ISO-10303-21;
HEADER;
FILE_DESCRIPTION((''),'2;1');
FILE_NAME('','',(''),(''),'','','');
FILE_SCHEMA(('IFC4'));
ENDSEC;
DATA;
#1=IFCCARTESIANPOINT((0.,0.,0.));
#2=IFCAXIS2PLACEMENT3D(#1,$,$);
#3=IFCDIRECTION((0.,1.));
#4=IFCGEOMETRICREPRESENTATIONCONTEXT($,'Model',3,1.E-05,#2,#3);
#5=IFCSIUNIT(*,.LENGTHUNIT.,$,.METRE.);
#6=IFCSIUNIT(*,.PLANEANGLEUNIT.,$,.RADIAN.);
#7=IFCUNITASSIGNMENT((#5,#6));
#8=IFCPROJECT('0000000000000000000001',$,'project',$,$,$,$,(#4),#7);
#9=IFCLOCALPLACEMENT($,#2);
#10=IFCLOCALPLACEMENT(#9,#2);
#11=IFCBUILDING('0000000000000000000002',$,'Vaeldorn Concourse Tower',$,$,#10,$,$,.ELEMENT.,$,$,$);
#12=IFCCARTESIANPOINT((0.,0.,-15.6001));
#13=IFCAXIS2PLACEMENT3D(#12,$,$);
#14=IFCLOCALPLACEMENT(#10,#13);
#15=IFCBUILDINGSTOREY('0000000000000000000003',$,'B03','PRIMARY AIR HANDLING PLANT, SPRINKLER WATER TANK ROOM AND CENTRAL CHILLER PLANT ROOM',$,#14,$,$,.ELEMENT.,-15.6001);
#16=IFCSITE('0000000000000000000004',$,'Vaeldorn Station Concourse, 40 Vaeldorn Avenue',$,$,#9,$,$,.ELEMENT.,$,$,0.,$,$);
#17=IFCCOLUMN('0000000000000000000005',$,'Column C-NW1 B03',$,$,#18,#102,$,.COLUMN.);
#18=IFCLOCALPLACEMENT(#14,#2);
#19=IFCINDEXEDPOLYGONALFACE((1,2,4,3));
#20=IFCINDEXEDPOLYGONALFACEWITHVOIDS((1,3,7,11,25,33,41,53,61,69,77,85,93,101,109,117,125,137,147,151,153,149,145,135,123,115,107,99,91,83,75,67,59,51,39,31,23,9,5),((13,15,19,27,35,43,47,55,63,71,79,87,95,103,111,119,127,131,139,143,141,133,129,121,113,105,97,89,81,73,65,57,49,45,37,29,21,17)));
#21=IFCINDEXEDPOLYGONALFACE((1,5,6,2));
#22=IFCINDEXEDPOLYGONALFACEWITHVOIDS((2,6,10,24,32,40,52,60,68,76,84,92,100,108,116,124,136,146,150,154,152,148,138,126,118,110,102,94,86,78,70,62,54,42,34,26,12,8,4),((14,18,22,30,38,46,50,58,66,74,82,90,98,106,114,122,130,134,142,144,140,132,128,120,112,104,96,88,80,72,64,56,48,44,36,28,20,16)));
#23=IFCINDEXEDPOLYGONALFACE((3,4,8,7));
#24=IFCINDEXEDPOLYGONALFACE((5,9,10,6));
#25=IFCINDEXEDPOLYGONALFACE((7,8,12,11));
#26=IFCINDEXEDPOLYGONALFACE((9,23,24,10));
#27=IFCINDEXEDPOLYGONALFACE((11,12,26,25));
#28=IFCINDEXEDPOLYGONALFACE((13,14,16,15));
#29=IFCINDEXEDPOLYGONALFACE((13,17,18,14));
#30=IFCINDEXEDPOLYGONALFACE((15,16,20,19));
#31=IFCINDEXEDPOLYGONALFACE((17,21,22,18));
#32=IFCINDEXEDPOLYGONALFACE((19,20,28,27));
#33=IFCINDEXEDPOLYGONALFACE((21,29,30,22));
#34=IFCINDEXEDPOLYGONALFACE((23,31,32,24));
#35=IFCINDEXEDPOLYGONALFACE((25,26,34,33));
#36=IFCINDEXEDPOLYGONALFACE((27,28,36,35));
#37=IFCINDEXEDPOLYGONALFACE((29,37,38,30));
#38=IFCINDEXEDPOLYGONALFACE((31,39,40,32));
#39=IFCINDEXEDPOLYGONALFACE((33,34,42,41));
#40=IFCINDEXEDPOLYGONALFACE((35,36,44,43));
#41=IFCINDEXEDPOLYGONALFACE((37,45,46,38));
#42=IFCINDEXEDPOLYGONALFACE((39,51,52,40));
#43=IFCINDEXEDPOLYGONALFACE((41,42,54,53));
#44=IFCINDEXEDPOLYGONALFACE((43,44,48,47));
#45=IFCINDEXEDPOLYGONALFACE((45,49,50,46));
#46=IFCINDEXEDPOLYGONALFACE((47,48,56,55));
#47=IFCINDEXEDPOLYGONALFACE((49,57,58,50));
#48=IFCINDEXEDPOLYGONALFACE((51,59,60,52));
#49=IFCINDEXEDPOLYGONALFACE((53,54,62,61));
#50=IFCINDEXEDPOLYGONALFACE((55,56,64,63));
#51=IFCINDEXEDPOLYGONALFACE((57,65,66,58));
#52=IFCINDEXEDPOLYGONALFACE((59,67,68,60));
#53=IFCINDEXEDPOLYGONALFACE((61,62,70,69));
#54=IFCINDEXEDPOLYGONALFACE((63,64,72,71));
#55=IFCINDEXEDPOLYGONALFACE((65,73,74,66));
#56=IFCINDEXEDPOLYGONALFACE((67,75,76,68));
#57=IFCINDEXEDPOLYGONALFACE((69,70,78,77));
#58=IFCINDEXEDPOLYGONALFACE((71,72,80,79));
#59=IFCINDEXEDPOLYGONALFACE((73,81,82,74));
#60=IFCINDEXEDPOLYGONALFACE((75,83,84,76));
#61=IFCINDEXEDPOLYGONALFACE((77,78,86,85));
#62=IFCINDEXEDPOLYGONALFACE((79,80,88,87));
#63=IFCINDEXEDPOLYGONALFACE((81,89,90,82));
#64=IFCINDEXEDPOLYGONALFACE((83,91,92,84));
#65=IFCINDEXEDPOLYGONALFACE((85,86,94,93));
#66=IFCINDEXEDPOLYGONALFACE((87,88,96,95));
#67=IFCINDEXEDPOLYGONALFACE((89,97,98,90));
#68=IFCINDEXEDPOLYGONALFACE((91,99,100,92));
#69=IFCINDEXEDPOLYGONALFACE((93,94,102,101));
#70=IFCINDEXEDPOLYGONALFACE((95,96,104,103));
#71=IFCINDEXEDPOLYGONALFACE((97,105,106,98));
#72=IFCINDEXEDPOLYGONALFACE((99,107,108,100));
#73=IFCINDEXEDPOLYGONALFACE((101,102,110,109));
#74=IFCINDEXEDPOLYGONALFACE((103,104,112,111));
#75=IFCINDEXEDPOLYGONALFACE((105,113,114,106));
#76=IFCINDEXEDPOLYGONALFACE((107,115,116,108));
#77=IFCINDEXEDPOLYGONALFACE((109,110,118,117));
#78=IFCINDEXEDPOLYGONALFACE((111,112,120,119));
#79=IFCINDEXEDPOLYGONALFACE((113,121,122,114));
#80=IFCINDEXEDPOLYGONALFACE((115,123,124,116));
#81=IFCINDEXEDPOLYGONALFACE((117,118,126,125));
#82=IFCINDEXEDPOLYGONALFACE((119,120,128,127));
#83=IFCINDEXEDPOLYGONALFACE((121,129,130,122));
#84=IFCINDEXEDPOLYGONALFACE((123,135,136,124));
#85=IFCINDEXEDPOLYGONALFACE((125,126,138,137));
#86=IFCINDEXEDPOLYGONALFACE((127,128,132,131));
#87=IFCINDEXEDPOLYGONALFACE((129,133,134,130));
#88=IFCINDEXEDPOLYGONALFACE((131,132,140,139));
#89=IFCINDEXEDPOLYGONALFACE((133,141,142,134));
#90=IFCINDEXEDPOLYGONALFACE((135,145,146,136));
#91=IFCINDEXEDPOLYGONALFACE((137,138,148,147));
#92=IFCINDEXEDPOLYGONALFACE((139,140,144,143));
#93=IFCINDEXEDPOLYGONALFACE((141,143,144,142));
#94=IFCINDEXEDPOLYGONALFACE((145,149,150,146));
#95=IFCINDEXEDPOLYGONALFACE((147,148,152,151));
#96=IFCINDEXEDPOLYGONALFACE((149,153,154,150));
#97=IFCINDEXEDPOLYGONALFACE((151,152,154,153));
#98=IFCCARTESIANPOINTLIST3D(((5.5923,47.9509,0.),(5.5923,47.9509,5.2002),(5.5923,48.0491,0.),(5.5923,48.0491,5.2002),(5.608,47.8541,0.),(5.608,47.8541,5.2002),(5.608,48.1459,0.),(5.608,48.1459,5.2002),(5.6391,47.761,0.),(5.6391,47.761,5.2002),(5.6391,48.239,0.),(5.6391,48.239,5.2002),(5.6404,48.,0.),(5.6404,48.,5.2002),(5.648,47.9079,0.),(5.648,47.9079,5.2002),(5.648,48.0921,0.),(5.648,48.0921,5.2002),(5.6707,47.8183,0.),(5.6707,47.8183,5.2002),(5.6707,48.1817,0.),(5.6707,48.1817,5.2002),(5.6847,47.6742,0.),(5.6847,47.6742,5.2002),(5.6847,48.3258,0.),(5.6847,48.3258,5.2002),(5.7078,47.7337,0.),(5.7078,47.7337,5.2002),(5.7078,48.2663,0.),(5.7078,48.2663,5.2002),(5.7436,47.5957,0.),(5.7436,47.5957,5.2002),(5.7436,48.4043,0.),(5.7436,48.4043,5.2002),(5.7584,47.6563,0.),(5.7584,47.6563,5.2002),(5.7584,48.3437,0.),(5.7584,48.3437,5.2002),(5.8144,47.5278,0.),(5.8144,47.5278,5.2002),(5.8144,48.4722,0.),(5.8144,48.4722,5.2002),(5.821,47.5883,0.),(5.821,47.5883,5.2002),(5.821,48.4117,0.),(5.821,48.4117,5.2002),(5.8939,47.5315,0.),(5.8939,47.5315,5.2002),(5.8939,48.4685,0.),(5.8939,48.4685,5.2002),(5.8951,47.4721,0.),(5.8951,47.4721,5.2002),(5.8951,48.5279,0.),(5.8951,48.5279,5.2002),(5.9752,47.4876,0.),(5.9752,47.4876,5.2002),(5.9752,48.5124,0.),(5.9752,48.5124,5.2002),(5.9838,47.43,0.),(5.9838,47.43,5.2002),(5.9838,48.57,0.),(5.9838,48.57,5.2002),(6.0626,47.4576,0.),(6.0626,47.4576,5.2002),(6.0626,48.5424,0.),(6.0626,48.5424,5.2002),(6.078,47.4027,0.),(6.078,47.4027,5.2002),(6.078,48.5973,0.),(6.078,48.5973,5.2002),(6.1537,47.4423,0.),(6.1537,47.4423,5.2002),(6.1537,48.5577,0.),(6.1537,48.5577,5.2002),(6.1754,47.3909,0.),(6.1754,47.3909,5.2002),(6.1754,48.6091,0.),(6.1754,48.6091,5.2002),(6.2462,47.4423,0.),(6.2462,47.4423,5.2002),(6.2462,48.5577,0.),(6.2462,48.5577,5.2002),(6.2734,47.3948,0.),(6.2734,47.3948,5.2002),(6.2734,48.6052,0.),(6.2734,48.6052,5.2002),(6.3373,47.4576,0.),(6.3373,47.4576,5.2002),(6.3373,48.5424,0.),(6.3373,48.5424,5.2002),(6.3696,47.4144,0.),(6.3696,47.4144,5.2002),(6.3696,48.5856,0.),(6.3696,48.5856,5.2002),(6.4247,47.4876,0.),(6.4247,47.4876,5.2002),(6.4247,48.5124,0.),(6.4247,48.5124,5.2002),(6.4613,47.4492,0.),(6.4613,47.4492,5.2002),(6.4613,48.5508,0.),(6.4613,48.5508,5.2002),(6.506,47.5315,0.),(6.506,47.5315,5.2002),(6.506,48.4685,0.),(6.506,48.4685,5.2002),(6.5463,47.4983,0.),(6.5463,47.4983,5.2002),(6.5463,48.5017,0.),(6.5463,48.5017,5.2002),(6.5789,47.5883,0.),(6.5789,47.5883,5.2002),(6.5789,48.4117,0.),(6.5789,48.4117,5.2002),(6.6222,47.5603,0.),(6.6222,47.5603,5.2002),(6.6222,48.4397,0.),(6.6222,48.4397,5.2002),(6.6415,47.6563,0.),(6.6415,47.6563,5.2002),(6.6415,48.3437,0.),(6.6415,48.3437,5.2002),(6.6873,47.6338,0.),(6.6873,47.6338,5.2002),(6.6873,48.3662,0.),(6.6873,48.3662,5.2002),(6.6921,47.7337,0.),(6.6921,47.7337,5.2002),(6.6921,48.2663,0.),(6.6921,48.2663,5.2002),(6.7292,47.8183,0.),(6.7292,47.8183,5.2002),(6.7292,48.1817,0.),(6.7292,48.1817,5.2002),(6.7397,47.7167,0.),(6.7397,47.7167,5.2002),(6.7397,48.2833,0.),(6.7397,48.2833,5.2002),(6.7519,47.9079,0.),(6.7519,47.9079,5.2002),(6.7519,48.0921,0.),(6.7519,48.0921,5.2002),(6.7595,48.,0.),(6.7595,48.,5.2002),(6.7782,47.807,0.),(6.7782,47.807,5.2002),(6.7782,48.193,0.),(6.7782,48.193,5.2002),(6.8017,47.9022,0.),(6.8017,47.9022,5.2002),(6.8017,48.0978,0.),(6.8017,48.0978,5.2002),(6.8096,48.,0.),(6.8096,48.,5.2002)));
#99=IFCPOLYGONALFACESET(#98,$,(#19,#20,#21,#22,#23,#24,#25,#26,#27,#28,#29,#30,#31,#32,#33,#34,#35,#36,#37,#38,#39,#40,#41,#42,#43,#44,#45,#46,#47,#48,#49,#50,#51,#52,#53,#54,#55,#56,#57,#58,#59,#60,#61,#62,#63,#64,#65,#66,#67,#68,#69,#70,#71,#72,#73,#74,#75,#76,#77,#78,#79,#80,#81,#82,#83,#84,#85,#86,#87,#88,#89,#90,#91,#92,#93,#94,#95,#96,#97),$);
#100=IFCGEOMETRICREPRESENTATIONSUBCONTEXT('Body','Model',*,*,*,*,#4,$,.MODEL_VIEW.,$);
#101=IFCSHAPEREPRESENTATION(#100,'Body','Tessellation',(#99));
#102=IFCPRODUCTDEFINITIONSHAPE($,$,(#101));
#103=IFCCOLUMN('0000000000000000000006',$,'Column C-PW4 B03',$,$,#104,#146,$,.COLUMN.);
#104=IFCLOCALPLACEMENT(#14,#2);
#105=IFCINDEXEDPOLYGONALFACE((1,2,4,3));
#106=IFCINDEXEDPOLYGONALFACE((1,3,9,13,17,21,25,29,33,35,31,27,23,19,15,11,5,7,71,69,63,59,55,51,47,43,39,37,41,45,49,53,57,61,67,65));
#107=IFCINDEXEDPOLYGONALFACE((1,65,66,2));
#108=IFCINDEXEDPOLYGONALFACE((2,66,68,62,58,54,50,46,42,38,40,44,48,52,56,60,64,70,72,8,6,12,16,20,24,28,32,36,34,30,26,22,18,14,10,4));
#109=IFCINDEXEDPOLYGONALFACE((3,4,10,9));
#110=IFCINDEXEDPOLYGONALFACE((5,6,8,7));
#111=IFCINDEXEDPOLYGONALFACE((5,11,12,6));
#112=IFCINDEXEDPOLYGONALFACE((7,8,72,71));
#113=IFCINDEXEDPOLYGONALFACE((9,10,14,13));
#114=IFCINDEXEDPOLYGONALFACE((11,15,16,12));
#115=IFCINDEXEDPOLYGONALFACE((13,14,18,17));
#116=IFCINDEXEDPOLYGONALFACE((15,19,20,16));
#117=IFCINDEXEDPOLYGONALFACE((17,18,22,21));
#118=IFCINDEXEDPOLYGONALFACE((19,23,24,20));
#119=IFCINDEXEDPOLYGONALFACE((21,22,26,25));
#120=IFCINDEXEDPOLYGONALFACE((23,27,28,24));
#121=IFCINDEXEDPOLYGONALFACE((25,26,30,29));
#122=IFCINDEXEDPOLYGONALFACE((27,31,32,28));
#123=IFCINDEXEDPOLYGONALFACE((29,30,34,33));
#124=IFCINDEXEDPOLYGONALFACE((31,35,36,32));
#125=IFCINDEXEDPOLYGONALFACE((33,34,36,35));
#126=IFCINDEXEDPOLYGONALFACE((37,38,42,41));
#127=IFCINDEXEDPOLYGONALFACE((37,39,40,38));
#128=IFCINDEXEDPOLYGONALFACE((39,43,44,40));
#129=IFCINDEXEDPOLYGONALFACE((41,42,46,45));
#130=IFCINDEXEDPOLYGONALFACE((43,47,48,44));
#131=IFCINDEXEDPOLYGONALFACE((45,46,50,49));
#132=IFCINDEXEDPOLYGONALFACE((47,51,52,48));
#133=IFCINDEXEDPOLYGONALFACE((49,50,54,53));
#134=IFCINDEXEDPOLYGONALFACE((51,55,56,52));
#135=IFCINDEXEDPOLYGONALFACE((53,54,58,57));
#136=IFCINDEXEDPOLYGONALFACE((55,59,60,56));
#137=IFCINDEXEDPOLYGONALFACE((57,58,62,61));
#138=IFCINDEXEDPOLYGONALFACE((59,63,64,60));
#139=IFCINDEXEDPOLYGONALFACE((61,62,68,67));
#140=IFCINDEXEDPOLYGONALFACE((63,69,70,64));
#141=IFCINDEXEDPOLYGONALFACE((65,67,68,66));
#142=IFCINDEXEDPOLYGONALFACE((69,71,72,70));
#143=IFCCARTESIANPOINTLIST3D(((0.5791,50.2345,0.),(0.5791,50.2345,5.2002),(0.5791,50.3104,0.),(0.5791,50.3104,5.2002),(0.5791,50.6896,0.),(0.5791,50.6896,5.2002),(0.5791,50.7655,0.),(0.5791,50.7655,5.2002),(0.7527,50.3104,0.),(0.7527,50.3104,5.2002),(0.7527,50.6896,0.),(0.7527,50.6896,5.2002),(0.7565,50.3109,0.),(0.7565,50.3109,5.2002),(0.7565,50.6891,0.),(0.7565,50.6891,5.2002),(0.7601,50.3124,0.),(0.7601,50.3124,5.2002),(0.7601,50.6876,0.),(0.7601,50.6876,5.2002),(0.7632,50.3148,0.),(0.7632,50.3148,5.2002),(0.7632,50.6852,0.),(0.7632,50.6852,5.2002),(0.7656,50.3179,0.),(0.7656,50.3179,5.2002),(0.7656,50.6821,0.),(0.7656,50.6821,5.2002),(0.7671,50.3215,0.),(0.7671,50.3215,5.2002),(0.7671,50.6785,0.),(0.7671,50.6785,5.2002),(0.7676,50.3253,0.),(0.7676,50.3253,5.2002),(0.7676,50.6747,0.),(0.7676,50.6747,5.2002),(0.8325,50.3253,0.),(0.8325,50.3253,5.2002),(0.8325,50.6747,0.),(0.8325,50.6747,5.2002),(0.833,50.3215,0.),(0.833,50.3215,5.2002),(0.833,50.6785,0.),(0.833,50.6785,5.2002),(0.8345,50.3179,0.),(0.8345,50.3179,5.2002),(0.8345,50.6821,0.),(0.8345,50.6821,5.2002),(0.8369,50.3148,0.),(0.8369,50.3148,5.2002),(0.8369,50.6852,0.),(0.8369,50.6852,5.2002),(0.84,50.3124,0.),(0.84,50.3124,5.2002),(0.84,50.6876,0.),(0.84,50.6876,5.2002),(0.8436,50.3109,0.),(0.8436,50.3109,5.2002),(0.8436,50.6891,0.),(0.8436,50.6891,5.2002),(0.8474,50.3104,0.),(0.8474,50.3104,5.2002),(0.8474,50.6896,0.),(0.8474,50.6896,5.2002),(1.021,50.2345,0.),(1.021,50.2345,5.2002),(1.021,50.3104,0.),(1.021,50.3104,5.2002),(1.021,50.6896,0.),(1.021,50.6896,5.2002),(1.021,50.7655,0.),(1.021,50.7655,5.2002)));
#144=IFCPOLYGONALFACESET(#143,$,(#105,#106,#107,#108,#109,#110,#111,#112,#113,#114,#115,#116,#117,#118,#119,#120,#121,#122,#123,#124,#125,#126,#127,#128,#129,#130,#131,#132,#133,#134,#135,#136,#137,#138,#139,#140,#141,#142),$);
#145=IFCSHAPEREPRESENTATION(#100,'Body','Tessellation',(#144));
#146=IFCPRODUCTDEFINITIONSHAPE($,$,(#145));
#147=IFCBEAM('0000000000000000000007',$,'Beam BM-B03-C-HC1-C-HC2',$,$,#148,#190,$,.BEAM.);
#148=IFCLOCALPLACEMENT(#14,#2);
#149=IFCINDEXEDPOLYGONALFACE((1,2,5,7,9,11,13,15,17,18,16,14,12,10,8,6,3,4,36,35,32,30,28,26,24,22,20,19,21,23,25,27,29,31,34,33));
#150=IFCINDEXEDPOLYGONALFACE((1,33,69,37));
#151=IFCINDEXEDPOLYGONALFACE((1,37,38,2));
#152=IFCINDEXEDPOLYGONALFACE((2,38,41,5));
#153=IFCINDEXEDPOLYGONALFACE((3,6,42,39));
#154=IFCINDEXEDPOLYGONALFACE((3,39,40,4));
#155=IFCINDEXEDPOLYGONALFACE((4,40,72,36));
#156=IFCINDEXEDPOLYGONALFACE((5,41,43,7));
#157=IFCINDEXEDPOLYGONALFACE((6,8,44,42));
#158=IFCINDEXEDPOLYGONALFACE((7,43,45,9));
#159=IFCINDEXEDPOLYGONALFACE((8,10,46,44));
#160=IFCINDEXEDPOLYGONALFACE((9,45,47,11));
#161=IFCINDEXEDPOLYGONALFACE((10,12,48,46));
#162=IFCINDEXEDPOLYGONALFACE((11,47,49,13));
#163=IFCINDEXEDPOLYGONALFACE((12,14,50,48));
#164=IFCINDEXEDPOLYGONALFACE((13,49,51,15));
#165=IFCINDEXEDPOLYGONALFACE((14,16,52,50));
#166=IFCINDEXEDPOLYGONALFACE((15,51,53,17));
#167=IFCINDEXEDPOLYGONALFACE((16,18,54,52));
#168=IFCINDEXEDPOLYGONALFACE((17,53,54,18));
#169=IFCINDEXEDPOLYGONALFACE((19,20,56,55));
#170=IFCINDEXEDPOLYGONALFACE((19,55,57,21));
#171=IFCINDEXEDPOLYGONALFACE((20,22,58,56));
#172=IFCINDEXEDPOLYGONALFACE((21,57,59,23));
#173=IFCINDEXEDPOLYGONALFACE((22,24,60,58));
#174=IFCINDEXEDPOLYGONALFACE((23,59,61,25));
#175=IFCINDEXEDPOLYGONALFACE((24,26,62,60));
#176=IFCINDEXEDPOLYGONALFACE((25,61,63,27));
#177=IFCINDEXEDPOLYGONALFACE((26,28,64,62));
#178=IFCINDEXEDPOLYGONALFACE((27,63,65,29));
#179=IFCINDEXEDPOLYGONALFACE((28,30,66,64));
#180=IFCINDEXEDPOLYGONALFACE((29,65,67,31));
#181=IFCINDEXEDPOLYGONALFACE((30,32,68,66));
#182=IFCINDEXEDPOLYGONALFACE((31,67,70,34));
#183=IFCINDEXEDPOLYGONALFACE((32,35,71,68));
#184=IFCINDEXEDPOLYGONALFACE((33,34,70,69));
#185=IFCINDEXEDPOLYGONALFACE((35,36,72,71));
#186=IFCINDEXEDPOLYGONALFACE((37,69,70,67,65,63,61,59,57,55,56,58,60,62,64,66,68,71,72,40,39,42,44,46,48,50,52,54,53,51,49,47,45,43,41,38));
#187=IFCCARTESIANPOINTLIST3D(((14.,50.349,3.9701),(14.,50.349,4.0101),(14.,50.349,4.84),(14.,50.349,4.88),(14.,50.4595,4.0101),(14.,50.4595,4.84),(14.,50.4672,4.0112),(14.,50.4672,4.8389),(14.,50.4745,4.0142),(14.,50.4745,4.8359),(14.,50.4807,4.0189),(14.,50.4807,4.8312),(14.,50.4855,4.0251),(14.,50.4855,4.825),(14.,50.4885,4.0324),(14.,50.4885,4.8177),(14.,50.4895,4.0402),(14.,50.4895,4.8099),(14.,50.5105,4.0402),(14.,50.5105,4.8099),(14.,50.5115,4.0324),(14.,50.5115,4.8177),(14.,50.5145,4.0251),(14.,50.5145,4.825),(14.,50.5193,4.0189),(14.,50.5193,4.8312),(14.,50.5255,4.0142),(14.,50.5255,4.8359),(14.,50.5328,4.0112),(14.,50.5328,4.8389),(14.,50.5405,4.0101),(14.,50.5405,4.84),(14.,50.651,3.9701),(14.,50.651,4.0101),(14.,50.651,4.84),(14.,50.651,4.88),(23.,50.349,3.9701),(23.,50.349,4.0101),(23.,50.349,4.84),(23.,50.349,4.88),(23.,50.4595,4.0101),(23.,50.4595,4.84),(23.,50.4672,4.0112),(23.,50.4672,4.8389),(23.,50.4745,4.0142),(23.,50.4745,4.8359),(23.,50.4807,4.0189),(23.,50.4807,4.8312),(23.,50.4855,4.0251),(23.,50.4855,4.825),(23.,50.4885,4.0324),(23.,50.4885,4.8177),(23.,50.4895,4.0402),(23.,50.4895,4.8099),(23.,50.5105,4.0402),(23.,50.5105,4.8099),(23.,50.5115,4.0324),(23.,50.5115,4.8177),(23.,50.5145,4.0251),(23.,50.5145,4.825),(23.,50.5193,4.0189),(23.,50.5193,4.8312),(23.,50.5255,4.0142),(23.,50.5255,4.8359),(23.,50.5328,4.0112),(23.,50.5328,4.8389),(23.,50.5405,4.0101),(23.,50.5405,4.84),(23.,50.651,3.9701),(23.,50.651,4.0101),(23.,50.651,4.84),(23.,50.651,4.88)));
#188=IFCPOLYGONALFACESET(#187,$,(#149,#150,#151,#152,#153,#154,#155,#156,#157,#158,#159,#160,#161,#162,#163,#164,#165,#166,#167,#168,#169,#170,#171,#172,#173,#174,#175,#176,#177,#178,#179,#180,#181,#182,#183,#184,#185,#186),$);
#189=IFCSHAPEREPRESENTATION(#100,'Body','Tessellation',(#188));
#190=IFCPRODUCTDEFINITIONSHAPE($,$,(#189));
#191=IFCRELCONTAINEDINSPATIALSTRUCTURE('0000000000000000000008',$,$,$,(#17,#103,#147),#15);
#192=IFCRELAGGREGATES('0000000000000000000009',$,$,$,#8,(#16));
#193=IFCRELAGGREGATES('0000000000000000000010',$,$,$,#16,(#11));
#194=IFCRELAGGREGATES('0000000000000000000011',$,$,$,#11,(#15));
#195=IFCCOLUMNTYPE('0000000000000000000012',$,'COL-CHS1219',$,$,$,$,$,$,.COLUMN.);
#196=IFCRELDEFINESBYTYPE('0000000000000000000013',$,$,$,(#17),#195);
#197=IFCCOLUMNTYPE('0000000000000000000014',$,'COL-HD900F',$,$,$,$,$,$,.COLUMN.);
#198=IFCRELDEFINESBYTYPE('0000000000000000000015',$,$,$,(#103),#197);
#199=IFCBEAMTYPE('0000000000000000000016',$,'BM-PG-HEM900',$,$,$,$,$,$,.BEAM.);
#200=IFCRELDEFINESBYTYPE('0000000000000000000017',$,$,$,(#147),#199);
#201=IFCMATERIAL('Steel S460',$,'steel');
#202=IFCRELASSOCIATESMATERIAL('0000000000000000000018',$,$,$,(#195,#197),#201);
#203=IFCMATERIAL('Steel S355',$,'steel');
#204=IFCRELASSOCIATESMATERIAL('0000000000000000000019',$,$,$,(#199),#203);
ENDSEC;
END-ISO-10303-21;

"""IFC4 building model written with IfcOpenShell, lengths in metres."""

from ifc_helpers import new_model, si_unit, direction, frame, origin, origin_2d, place, context, subcontext, project, spatial, hollow_circle, i_section, extrude, source, transform, mapped, material, material_profile, profile_set, type_object, element, save


model = new_model("IFC4")

# Units and contexts
model_context = context("Model", 3, precision=1e-05, world=origin(), true_north=direction((0.0, 1.0)))
body_context = subcontext(model_context, "Body", "Model", "MODEL_VIEW")
ifc_project = project(units=[si_unit("LENGTHUNIT", "METRE"), si_unit("PLANEANGLEUNIT", "RADIAN")], contexts=[model_context])

# Site, building, storey
site_placement = place(None, origin())
site = spatial("IfcSite", under=ifc_project, at=site_placement, Name="Vaeldorn Station Concourse, 40 Vaeldorn Avenue", CompositionType="ELEMENT", RefElevation=0.0)
building_placement = place(site_placement, origin())
building = spatial("IfcBuilding", under=site, at=building_placement, Name="Vaeldorn Concourse Tower", CompositionType="ELEMENT")
storey_placement = place(building_placement, frame((0.0, 0.0, -15.6001)))
storey = spatial("IfcBuildingStorey", under=building, at=storey_placement, Name="B03", Description="PRIMARY AIR HANDLING PLANT, SPRINKLER WATER TANK ROOM AND CENTRAL CHILLER PLANT ROOM", CompositionType="ELEMENT", Elevation=-15.6001)

# Columns
ifc_material_1 = material(Name="Steel S460", Category="steel")
ifc_material_profile_1 = material_profile(ifc_material_1, hollow_circle(Radius=0.6096, WallThickness=0.05, at=origin_2d()), Name="CHS 1219x50")
ifc_profile_set_1 = profile_set([ifc_material_profile_1], Name="Steel S460")
column_type_1 = type_object("IfcColumnType", Name="COL-CHS1219", PredefinedType="COLUMN", material=ifc_profile_set_1)
shared_shape_1 = source(origin(), body_context, "Body", "SweptSolid", [
    extrude(hollow_circle(Radius=0.6096, WallThickness=0.05, at=origin_2d()), origin(), (0.0, 0.0, 1.0), 5.2002),
])
column_1_placement = place(storey_placement, frame((6.2, 48.0, 0.0), z_axis=(0.0, 0.0, 1.0), x_axis=(1.0, 0.0, 0.0)))
element("IfcColumn", 1, at=column_1_placement, inside=storey, type_object=column_type_1, Name="Column C-NW1 B03", PredefinedType="COLUMN", context=body_context, shape_type="MappedRepresentation", body=[
    mapped(shared_shape_1, transform((0.0, 0.0, 0.0), scale=1.0)),
])
ifc_material_profile_2 = material_profile(ifc_material_1, i_section(OverallWidth=0.4419, OverallDepth=0.531, WebThickness=0.0649, FlangeThickness=0.0759, FilletRadius=0.0149, at=origin_2d()), Name="HD 400x900")
ifc_profile_set_2 = profile_set([ifc_material_profile_2], Name="Steel S460")
column_type_2 = type_object("IfcColumnType", Name="COL-HD900F", PredefinedType="COLUMN", material=ifc_profile_set_2)
shared_shape_2 = source(origin(), body_context, "Body", "SweptSolid", [
    extrude(i_section(OverallWidth=0.4419, OverallDepth=0.531, WebThickness=0.0649, FlangeThickness=0.0759, FilletRadius=0.0149, at=origin_2d()), origin(), (0.0, 0.0, 1.0), 5.2002),
])
column_2_placement = place(storey_placement, frame((0.8, 50.5, 0.0), z_axis=(0.0, 0.0, 1.0), x_axis=(1.0, 0.0, 0.0)))
element("IfcColumn", 2, at=column_2_placement, inside=storey, type_object=column_type_2, Name="Column C-PW4 B03", PredefinedType="COLUMN", context=body_context, shape_type="MappedRepresentation", body=[
    mapped(shared_shape_2, transform((0.0, 0.0, 0.0), scale=1.0)),
])

# Beam
ifc_material_2 = material(Name="Steel S355", Category="steel")
ifc_material_profile_3 = material_profile(ifc_material_2, i_section(OverallWidth=0.302, OverallDepth=0.9099, WebThickness=0.021, FlangeThickness=0.04, FilletRadius=0.03, at=origin_2d()), Name="HEM 900")
ifc_profile_set_3 = profile_set([ifc_material_profile_3], Name="Steel S355")
beam_type = type_object("IfcBeamType", Name="BM-PG-HEM900", PredefinedType="BEAM", material=ifc_profile_set_3)
shared_shape_3 = source(origin(), body_context, "Body", "SweptSolid", [
    extrude(i_section(OverallWidth=0.302, OverallDepth=0.9099, WebThickness=0.021, FlangeThickness=0.04, FilletRadius=0.03, at=origin_2d()), origin(), (0.0, 0.0, 1.0), 9.0),
])
beam_1_placement = place(storey_placement, frame((14.0, 50.5, 4.425), z_axis=(1.0, 0.0, 0.0), x_axis=(0.0, 1.0, 0.0)))
element("IfcBeam", 3, at=beam_1_placement, inside=storey, type_object=beam_type, Name="Beam BM-B03-C-HC1-C-HC2", PredefinedType="BEAM", context=body_context, shape_type="MappedRepresentation", body=[
    mapped(shared_shape_3, transform((0.0, 0.0, 0.0), scale=1.0)),
])

save(model, "model.ifc")
